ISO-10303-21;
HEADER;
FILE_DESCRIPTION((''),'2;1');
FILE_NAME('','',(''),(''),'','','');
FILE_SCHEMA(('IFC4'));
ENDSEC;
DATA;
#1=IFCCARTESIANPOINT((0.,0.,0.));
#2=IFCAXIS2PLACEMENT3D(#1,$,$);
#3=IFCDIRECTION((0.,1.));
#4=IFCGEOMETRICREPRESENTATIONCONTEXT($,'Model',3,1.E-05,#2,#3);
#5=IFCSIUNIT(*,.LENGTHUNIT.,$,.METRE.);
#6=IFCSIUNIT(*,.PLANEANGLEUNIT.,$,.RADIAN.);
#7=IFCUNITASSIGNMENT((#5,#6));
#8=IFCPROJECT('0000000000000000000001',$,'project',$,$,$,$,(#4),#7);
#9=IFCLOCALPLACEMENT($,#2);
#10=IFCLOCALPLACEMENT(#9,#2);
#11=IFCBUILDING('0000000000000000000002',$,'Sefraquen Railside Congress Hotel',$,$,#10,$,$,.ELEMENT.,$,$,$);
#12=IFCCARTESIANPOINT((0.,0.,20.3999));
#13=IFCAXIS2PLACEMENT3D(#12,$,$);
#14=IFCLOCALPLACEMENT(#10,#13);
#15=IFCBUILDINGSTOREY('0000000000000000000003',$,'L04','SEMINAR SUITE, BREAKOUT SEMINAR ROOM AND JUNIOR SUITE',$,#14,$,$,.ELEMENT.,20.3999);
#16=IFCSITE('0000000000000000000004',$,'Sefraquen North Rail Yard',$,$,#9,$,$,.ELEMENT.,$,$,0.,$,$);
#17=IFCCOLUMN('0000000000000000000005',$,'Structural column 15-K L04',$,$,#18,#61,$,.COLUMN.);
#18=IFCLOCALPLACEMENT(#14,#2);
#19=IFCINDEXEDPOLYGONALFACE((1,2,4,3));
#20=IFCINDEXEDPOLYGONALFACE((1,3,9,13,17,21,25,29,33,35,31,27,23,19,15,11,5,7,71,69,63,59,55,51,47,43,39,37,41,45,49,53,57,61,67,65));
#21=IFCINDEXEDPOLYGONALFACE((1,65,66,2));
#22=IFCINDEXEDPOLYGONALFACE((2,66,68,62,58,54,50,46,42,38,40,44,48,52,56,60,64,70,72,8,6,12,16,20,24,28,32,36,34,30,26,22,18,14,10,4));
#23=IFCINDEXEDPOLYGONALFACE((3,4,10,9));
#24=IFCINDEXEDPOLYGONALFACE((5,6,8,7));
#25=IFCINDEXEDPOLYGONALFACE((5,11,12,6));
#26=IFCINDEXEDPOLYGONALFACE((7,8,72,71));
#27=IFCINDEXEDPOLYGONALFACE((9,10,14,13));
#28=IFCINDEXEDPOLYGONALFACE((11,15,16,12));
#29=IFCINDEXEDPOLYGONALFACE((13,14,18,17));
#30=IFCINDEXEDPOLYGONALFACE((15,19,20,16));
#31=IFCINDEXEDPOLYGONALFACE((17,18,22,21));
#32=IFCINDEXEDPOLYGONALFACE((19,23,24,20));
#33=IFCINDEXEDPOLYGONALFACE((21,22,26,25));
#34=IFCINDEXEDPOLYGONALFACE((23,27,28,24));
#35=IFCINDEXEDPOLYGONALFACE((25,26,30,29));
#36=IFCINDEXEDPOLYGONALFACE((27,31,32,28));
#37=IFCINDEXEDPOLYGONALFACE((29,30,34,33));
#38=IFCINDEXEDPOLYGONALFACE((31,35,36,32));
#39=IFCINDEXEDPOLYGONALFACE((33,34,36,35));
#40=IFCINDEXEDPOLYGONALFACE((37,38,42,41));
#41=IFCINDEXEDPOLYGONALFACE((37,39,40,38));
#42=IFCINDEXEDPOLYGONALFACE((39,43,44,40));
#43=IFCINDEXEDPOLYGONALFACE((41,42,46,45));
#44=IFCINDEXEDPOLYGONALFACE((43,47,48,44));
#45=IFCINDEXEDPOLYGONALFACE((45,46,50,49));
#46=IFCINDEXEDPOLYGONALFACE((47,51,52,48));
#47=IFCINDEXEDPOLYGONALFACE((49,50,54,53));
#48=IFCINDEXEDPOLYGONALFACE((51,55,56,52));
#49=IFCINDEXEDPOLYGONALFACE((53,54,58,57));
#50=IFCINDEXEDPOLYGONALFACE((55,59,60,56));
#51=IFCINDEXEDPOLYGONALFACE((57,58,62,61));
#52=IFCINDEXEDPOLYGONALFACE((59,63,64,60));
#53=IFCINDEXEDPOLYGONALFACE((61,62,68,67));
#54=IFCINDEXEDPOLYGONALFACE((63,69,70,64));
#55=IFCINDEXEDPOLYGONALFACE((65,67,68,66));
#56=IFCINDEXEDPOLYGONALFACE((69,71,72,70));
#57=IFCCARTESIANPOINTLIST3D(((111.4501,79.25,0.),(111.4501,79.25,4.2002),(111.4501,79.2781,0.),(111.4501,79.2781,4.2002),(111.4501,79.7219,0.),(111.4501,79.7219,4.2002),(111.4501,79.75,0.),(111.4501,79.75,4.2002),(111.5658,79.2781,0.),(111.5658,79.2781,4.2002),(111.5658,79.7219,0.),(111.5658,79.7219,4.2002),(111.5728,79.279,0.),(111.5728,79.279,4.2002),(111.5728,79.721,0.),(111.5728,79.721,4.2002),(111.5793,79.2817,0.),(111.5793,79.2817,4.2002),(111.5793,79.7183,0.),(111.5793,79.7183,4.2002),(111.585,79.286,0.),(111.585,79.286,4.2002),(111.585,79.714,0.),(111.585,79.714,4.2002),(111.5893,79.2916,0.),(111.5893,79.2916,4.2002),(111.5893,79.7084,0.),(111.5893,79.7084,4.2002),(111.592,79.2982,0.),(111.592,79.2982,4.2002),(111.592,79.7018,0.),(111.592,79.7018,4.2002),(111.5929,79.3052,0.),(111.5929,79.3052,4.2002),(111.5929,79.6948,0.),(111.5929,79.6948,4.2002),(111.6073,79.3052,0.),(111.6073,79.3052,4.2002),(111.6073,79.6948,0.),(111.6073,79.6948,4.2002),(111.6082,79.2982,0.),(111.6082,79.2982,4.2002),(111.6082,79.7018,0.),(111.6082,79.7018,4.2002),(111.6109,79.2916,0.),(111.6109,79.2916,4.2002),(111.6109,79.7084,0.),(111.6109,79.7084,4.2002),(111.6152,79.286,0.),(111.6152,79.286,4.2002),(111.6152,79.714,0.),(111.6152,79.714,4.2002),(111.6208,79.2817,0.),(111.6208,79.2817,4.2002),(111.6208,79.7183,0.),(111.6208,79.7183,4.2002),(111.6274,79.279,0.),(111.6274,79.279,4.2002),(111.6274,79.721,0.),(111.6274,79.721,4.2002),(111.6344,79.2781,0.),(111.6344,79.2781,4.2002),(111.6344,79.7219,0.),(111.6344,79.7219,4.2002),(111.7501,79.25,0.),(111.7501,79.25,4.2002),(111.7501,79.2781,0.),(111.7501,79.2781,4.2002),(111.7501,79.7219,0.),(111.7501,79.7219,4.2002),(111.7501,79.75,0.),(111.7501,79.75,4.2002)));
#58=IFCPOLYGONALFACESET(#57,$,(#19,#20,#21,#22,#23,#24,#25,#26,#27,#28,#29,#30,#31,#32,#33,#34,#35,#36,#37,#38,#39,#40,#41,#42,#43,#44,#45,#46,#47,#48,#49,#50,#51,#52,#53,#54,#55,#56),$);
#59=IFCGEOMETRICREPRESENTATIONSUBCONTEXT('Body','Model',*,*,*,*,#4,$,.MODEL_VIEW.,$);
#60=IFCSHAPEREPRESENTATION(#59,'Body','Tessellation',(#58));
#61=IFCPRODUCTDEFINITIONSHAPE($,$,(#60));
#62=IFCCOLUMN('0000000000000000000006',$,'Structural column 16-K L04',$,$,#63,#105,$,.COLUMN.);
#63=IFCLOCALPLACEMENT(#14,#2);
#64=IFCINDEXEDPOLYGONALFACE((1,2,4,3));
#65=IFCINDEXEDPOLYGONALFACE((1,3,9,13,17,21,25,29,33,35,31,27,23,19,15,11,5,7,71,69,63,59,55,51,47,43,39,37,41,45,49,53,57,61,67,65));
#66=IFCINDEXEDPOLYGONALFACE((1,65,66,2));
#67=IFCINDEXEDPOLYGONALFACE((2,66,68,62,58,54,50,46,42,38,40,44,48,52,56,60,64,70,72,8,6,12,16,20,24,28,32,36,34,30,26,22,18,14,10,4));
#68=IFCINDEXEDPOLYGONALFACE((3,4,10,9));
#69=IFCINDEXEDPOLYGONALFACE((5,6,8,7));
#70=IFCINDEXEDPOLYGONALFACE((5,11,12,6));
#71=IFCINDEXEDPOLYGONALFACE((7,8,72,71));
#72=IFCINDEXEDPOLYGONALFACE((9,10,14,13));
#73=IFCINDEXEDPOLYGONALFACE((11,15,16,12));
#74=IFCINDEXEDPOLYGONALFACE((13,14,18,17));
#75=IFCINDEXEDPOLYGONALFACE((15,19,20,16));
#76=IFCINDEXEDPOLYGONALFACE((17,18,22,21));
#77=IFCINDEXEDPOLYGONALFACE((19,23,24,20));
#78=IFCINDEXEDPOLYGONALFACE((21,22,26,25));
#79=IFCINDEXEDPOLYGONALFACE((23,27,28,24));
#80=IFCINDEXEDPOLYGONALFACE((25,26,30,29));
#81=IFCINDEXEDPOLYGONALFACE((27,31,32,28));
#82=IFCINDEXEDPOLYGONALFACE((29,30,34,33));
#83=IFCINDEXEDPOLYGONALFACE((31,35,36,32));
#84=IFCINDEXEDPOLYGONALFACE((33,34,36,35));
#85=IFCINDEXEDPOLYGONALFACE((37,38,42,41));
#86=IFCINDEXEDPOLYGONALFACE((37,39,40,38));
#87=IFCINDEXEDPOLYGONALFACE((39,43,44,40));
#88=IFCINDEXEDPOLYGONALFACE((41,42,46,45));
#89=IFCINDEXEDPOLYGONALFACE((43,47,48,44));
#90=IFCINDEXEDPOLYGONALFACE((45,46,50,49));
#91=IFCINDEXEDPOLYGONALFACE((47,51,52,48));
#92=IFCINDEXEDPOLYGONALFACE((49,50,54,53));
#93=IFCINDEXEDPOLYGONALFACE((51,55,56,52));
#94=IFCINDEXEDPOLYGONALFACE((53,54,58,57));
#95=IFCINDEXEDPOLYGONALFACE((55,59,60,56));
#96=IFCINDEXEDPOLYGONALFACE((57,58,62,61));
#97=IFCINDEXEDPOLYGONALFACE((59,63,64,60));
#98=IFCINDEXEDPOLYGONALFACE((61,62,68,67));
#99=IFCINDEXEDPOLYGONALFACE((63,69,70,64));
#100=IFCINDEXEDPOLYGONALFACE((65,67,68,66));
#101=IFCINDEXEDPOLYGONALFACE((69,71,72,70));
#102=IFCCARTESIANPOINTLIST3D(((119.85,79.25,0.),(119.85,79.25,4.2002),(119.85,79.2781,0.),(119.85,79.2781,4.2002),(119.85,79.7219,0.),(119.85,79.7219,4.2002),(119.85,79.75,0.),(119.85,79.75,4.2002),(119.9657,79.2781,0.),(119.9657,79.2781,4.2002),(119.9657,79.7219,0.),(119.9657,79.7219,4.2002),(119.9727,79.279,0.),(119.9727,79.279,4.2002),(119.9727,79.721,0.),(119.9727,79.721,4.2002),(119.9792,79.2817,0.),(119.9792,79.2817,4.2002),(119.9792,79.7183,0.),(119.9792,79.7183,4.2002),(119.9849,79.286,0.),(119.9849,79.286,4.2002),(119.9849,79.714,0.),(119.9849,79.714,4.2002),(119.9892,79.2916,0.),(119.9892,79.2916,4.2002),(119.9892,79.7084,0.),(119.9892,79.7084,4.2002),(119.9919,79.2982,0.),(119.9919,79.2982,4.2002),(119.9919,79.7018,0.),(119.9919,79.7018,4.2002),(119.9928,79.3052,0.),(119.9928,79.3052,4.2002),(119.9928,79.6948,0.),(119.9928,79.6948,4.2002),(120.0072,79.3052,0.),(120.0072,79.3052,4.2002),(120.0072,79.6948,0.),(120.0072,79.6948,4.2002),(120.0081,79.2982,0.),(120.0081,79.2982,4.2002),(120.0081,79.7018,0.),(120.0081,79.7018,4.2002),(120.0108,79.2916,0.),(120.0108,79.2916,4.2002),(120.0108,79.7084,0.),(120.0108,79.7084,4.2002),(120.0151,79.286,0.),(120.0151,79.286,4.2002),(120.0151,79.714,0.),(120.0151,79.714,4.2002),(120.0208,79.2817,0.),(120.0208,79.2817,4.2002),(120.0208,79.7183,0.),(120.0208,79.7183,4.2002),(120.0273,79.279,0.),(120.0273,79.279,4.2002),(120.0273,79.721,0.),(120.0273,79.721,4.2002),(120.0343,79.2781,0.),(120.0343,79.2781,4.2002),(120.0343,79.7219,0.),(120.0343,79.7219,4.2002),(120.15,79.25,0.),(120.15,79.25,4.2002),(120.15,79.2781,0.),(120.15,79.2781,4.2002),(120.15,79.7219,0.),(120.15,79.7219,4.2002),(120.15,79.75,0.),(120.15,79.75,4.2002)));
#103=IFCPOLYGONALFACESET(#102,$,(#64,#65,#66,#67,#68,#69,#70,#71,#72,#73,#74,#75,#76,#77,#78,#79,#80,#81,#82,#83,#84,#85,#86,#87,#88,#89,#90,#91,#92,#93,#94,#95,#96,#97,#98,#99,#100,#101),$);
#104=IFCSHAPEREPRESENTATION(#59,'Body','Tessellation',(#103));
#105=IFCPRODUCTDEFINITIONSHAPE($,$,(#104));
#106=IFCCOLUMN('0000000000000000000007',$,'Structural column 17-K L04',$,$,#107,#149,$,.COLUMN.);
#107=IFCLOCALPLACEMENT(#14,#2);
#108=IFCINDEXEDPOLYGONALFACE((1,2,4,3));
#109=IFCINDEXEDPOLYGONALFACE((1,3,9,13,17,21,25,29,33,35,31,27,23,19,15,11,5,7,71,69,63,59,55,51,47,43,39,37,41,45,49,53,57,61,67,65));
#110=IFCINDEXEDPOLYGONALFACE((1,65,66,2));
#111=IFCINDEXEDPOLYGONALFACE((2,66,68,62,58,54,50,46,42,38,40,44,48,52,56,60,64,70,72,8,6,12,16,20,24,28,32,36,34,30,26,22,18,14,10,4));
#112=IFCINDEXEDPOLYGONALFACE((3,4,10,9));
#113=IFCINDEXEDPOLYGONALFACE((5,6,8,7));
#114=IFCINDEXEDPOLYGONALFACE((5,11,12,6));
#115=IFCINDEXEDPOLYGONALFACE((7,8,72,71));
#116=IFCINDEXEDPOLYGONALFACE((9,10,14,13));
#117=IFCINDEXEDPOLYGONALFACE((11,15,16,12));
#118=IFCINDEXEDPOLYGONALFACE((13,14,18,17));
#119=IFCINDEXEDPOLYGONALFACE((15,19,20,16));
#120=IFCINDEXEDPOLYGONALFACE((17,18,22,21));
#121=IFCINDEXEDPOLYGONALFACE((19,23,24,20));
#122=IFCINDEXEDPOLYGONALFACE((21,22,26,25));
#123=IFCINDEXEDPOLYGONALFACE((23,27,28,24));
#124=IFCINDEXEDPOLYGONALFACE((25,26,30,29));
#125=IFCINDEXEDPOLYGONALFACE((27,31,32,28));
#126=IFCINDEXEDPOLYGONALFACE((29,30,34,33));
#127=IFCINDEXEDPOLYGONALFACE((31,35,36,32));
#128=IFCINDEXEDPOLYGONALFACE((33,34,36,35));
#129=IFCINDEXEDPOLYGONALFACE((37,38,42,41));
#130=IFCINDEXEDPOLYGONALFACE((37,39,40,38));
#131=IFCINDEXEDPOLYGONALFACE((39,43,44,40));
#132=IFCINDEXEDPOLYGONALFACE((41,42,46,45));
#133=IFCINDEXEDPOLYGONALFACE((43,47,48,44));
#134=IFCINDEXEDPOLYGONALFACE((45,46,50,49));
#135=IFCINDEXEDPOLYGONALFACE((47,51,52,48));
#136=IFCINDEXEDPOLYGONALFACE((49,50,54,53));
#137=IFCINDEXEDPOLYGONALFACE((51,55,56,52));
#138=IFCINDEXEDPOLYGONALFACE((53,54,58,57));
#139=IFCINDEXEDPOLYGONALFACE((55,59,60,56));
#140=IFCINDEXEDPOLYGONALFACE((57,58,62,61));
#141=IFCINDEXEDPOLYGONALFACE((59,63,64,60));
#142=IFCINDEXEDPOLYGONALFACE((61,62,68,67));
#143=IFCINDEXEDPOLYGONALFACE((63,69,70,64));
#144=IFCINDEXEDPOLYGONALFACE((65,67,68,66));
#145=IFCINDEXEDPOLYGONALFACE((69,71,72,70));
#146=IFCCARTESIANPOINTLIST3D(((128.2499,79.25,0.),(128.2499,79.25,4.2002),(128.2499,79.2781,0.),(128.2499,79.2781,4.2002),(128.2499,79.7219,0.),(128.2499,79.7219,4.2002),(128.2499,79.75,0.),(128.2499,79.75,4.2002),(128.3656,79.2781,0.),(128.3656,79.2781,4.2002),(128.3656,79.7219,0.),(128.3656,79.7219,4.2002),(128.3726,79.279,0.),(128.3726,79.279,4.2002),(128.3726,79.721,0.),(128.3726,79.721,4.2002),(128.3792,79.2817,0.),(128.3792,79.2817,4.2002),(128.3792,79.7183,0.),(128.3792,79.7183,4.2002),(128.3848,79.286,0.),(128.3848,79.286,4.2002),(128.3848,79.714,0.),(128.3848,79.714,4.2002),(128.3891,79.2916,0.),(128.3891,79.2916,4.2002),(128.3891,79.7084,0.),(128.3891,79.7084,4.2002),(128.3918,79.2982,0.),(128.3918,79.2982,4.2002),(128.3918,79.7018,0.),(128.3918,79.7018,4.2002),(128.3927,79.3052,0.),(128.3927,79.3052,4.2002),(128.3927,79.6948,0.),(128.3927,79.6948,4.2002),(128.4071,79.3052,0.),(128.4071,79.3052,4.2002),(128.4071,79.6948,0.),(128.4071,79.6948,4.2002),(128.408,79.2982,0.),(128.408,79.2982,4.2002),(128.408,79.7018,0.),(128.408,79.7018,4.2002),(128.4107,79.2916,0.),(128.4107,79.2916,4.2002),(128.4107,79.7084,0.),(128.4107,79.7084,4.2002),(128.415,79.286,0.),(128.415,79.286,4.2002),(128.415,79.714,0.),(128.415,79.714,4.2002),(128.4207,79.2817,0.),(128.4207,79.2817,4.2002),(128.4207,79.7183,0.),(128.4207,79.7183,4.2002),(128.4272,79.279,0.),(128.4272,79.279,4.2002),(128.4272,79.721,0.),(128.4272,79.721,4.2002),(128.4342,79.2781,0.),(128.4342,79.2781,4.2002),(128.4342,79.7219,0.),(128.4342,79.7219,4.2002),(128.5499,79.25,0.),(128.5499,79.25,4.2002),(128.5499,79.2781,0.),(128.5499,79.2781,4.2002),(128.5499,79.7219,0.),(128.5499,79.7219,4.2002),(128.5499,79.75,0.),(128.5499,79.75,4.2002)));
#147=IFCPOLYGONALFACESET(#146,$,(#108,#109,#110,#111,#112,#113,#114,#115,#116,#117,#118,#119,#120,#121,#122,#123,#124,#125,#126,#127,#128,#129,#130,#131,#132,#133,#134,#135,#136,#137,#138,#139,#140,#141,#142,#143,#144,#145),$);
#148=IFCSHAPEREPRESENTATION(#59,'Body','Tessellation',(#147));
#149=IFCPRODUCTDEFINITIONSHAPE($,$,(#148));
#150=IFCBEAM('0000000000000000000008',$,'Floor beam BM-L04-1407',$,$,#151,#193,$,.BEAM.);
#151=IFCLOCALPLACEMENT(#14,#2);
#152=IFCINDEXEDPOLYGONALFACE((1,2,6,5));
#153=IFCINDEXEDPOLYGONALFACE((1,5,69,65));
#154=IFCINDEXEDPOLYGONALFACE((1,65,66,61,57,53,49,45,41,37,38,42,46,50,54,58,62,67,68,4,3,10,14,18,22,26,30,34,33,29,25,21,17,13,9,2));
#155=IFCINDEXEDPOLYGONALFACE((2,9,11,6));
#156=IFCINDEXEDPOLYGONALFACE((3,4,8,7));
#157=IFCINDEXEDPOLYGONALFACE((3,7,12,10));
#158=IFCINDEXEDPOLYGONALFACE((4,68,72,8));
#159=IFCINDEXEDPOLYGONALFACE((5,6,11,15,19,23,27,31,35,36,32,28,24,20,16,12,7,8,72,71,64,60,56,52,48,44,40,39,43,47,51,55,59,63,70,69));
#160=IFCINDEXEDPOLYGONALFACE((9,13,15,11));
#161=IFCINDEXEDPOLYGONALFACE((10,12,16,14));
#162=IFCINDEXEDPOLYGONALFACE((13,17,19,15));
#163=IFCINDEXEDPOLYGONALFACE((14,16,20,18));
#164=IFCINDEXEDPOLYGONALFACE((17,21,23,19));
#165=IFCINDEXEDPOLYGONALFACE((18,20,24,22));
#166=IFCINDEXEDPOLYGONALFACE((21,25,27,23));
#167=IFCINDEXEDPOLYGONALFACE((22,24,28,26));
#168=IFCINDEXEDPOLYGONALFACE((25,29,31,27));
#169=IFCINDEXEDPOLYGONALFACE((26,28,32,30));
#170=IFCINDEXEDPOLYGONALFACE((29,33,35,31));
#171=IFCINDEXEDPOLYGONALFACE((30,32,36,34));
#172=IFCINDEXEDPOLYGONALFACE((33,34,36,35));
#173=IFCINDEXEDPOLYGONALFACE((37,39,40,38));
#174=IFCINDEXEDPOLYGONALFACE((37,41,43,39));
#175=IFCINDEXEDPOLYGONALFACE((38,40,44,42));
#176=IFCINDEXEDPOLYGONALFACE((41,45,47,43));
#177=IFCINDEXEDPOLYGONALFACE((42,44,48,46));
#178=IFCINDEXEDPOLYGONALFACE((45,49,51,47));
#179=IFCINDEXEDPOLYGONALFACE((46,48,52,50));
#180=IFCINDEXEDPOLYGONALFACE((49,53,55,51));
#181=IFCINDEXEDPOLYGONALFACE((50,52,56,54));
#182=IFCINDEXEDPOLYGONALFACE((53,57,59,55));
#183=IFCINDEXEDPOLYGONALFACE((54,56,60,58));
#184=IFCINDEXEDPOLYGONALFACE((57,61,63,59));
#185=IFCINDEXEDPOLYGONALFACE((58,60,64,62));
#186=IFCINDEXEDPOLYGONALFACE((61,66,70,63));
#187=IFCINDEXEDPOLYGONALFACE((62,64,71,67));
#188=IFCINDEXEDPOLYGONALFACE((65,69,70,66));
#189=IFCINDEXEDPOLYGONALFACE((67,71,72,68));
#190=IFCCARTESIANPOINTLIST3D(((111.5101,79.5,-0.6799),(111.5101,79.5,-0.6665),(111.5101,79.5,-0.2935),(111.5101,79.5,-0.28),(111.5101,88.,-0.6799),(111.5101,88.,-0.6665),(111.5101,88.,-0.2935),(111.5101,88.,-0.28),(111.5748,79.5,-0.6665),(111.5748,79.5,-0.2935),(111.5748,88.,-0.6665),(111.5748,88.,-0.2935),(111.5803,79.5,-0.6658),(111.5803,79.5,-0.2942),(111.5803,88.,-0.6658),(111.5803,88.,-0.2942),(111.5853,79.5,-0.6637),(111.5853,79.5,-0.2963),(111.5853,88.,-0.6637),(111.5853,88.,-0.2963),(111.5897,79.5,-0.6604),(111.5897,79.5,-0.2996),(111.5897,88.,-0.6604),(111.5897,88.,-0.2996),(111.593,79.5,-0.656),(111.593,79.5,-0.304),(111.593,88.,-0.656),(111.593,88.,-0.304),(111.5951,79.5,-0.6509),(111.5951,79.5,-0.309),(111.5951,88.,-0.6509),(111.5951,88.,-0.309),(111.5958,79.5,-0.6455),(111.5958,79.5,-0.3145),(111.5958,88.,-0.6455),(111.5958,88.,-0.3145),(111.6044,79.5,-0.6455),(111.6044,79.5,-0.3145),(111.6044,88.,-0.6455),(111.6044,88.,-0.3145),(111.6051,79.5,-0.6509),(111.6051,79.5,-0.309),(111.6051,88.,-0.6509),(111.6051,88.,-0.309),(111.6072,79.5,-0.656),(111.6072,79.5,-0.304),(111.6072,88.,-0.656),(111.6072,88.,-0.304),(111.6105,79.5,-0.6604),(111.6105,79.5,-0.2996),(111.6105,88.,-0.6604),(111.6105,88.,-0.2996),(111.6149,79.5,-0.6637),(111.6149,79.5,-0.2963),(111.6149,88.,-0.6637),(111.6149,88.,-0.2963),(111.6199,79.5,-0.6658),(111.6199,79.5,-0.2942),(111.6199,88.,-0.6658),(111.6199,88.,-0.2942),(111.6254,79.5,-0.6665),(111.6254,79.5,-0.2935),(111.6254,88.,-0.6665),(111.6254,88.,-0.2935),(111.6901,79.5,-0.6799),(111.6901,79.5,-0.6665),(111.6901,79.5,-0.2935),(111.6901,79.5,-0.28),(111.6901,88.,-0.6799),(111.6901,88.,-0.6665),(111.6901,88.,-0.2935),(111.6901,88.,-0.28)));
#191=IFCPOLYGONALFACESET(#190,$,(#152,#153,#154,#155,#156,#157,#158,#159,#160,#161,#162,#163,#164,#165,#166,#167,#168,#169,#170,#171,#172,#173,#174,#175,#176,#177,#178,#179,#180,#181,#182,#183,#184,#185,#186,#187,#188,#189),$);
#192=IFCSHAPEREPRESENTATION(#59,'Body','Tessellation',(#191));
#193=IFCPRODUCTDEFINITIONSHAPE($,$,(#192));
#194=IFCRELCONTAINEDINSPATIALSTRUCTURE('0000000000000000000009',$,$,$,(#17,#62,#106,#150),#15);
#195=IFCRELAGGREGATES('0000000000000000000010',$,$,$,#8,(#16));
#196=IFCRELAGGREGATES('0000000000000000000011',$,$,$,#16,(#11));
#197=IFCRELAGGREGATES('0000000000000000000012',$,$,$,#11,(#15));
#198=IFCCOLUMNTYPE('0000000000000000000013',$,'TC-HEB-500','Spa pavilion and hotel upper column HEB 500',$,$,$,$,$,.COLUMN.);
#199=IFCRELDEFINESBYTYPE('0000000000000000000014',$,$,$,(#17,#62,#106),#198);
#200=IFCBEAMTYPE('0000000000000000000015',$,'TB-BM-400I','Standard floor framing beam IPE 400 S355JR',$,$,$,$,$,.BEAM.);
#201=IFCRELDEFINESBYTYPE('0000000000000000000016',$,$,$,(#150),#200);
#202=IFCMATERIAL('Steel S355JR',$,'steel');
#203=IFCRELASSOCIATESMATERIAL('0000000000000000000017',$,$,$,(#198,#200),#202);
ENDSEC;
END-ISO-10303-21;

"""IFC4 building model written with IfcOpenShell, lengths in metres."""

from ifc_helpers import new_model, si_unit, direction, frame, origin, origin_2d, place, context, subcontext, project, spatial, i_section, extrude, material, material_profile, profile_set, type_object, element, save


model = new_model("IFC4")

# Units and contexts
model_context = context("Model", 3, precision=1e-05, world=origin(), true_north=direction((0.0, 1.0)))
body_context = subcontext(model_context, "Body", "Model", "MODEL_VIEW")
ifc_project = project(units=[si_unit("LENGTHUNIT", "METRE"), si_unit("PLANEANGLEUNIT", "RADIAN")], contexts=[model_context])

# Site, building, storey
site_placement = place(None, origin())
site = spatial("IfcSite", under=ifc_project, at=site_placement, Name="Sefraquen North Rail Yard", CompositionType="ELEMENT", RefElevation=0.0)
building_placement = place(site_placement, origin())
building = spatial("IfcBuilding", under=site, at=building_placement, Name="Sefraquen Railside Congress Hotel", CompositionType="ELEMENT")
storey_placement = place(building_placement, frame((0.0, 0.0, 20.3999)))
storey = spatial("IfcBuildingStorey", under=building, at=storey_placement, Name="L04", Description="SEMINAR SUITE, BREAKOUT SEMINAR ROOM AND JUNIOR SUITE", CompositionType="ELEMENT", Elevation=20.3999)

# Columns
ifc_material_1 = material(Name="Steel S355JR", Category="steel")
ifc_material_profile_1 = material_profile(ifc_material_1, i_section(OverallWidth=0.3, OverallDepth=0.5, WebThickness=0.0144, FlangeThickness=0.0281, FilletRadius=0.0271, at=origin_2d()), Name="HEB 500")
ifc_profile_set_1 = profile_set([ifc_material_profile_1], Name="Steel S355JR")
column_type = type_object("IfcColumnType", Name="TC-HEB-500", Description="Spa pavilion and hotel upper column HEB 500", PredefinedType="COLUMN", material=ifc_profile_set_1)
for number, where, z_axis, x_axis, name in (
    (1, (111.6001, 79.5, 0.0), (0.0, 0.0, 1.0), (1.0, 0.0, 0.0), "Structural column 15-K L04"),
    (2, (120.0, 79.5, 0.0), (0.0, 0.0, 1.0), (1.0, 0.0, 0.0), "Structural column 16-K L04"),
    (3, (128.3999, 79.5, 0.0), (0.0, 0.0, 1.0), (1.0, 0.0, 0.0), "Structural column 17-K L04"),
):
    element("IfcColumn", number, at=place(storey_placement, frame(where, z_axis=z_axis, x_axis=x_axis)), inside=storey, type_object=column_type, Name=name, PredefinedType="COLUMN", context=body_context, shape_type="SweptSolid", body=[
        extrude(i_section(OverallWidth=0.3, OverallDepth=0.5, WebThickness=0.0144, FlangeThickness=0.0281, FilletRadius=0.0271, at=origin_2d()), origin(), (0.0, 0.0, 1.0), 4.2002),
    ])

# Beam
ifc_material_profile_2 = material_profile(ifc_material_1, i_section(OverallWidth=0.1799, OverallDepth=0.3999, WebThickness=0.0085, FlangeThickness=0.0134, FilletRadius=0.021, at=origin_2d()), Name="IPE 400")
ifc_profile_set_2 = profile_set([ifc_material_profile_2], Name="Steel S355JR")
beam_type_1 = type_object("IfcBeamType", Name="TB-BM-400I", Description="Standard floor framing beam IPE 400 S355JR", PredefinedType="BEAM", material=ifc_profile_set_2)
for number, where, z_axis, x_axis, name in (
    (4, (111.6001, 79.5, -0.48), (0.0, 1.0, 0.0), (-1.0, 0.0, 0.0), "Floor beam BM-L04-1407"),
):
    element("IfcBeam", number, at=place(storey_placement, frame(where, z_axis=z_axis, x_axis=x_axis)), inside=storey, type_object=beam_type_1, Name=name, PredefinedType="BEAM", context=body_context, shape_type="SweptSolid", body=[
        extrude(i_section(OverallWidth=0.1799, OverallDepth=0.3999, WebThickness=0.0085, FlangeThickness=0.0134, FilletRadius=0.021, at=origin_2d()), origin(), (0.0, 0.0, 1.0), 8.5),
    ])

save(model, "model.ifc")
